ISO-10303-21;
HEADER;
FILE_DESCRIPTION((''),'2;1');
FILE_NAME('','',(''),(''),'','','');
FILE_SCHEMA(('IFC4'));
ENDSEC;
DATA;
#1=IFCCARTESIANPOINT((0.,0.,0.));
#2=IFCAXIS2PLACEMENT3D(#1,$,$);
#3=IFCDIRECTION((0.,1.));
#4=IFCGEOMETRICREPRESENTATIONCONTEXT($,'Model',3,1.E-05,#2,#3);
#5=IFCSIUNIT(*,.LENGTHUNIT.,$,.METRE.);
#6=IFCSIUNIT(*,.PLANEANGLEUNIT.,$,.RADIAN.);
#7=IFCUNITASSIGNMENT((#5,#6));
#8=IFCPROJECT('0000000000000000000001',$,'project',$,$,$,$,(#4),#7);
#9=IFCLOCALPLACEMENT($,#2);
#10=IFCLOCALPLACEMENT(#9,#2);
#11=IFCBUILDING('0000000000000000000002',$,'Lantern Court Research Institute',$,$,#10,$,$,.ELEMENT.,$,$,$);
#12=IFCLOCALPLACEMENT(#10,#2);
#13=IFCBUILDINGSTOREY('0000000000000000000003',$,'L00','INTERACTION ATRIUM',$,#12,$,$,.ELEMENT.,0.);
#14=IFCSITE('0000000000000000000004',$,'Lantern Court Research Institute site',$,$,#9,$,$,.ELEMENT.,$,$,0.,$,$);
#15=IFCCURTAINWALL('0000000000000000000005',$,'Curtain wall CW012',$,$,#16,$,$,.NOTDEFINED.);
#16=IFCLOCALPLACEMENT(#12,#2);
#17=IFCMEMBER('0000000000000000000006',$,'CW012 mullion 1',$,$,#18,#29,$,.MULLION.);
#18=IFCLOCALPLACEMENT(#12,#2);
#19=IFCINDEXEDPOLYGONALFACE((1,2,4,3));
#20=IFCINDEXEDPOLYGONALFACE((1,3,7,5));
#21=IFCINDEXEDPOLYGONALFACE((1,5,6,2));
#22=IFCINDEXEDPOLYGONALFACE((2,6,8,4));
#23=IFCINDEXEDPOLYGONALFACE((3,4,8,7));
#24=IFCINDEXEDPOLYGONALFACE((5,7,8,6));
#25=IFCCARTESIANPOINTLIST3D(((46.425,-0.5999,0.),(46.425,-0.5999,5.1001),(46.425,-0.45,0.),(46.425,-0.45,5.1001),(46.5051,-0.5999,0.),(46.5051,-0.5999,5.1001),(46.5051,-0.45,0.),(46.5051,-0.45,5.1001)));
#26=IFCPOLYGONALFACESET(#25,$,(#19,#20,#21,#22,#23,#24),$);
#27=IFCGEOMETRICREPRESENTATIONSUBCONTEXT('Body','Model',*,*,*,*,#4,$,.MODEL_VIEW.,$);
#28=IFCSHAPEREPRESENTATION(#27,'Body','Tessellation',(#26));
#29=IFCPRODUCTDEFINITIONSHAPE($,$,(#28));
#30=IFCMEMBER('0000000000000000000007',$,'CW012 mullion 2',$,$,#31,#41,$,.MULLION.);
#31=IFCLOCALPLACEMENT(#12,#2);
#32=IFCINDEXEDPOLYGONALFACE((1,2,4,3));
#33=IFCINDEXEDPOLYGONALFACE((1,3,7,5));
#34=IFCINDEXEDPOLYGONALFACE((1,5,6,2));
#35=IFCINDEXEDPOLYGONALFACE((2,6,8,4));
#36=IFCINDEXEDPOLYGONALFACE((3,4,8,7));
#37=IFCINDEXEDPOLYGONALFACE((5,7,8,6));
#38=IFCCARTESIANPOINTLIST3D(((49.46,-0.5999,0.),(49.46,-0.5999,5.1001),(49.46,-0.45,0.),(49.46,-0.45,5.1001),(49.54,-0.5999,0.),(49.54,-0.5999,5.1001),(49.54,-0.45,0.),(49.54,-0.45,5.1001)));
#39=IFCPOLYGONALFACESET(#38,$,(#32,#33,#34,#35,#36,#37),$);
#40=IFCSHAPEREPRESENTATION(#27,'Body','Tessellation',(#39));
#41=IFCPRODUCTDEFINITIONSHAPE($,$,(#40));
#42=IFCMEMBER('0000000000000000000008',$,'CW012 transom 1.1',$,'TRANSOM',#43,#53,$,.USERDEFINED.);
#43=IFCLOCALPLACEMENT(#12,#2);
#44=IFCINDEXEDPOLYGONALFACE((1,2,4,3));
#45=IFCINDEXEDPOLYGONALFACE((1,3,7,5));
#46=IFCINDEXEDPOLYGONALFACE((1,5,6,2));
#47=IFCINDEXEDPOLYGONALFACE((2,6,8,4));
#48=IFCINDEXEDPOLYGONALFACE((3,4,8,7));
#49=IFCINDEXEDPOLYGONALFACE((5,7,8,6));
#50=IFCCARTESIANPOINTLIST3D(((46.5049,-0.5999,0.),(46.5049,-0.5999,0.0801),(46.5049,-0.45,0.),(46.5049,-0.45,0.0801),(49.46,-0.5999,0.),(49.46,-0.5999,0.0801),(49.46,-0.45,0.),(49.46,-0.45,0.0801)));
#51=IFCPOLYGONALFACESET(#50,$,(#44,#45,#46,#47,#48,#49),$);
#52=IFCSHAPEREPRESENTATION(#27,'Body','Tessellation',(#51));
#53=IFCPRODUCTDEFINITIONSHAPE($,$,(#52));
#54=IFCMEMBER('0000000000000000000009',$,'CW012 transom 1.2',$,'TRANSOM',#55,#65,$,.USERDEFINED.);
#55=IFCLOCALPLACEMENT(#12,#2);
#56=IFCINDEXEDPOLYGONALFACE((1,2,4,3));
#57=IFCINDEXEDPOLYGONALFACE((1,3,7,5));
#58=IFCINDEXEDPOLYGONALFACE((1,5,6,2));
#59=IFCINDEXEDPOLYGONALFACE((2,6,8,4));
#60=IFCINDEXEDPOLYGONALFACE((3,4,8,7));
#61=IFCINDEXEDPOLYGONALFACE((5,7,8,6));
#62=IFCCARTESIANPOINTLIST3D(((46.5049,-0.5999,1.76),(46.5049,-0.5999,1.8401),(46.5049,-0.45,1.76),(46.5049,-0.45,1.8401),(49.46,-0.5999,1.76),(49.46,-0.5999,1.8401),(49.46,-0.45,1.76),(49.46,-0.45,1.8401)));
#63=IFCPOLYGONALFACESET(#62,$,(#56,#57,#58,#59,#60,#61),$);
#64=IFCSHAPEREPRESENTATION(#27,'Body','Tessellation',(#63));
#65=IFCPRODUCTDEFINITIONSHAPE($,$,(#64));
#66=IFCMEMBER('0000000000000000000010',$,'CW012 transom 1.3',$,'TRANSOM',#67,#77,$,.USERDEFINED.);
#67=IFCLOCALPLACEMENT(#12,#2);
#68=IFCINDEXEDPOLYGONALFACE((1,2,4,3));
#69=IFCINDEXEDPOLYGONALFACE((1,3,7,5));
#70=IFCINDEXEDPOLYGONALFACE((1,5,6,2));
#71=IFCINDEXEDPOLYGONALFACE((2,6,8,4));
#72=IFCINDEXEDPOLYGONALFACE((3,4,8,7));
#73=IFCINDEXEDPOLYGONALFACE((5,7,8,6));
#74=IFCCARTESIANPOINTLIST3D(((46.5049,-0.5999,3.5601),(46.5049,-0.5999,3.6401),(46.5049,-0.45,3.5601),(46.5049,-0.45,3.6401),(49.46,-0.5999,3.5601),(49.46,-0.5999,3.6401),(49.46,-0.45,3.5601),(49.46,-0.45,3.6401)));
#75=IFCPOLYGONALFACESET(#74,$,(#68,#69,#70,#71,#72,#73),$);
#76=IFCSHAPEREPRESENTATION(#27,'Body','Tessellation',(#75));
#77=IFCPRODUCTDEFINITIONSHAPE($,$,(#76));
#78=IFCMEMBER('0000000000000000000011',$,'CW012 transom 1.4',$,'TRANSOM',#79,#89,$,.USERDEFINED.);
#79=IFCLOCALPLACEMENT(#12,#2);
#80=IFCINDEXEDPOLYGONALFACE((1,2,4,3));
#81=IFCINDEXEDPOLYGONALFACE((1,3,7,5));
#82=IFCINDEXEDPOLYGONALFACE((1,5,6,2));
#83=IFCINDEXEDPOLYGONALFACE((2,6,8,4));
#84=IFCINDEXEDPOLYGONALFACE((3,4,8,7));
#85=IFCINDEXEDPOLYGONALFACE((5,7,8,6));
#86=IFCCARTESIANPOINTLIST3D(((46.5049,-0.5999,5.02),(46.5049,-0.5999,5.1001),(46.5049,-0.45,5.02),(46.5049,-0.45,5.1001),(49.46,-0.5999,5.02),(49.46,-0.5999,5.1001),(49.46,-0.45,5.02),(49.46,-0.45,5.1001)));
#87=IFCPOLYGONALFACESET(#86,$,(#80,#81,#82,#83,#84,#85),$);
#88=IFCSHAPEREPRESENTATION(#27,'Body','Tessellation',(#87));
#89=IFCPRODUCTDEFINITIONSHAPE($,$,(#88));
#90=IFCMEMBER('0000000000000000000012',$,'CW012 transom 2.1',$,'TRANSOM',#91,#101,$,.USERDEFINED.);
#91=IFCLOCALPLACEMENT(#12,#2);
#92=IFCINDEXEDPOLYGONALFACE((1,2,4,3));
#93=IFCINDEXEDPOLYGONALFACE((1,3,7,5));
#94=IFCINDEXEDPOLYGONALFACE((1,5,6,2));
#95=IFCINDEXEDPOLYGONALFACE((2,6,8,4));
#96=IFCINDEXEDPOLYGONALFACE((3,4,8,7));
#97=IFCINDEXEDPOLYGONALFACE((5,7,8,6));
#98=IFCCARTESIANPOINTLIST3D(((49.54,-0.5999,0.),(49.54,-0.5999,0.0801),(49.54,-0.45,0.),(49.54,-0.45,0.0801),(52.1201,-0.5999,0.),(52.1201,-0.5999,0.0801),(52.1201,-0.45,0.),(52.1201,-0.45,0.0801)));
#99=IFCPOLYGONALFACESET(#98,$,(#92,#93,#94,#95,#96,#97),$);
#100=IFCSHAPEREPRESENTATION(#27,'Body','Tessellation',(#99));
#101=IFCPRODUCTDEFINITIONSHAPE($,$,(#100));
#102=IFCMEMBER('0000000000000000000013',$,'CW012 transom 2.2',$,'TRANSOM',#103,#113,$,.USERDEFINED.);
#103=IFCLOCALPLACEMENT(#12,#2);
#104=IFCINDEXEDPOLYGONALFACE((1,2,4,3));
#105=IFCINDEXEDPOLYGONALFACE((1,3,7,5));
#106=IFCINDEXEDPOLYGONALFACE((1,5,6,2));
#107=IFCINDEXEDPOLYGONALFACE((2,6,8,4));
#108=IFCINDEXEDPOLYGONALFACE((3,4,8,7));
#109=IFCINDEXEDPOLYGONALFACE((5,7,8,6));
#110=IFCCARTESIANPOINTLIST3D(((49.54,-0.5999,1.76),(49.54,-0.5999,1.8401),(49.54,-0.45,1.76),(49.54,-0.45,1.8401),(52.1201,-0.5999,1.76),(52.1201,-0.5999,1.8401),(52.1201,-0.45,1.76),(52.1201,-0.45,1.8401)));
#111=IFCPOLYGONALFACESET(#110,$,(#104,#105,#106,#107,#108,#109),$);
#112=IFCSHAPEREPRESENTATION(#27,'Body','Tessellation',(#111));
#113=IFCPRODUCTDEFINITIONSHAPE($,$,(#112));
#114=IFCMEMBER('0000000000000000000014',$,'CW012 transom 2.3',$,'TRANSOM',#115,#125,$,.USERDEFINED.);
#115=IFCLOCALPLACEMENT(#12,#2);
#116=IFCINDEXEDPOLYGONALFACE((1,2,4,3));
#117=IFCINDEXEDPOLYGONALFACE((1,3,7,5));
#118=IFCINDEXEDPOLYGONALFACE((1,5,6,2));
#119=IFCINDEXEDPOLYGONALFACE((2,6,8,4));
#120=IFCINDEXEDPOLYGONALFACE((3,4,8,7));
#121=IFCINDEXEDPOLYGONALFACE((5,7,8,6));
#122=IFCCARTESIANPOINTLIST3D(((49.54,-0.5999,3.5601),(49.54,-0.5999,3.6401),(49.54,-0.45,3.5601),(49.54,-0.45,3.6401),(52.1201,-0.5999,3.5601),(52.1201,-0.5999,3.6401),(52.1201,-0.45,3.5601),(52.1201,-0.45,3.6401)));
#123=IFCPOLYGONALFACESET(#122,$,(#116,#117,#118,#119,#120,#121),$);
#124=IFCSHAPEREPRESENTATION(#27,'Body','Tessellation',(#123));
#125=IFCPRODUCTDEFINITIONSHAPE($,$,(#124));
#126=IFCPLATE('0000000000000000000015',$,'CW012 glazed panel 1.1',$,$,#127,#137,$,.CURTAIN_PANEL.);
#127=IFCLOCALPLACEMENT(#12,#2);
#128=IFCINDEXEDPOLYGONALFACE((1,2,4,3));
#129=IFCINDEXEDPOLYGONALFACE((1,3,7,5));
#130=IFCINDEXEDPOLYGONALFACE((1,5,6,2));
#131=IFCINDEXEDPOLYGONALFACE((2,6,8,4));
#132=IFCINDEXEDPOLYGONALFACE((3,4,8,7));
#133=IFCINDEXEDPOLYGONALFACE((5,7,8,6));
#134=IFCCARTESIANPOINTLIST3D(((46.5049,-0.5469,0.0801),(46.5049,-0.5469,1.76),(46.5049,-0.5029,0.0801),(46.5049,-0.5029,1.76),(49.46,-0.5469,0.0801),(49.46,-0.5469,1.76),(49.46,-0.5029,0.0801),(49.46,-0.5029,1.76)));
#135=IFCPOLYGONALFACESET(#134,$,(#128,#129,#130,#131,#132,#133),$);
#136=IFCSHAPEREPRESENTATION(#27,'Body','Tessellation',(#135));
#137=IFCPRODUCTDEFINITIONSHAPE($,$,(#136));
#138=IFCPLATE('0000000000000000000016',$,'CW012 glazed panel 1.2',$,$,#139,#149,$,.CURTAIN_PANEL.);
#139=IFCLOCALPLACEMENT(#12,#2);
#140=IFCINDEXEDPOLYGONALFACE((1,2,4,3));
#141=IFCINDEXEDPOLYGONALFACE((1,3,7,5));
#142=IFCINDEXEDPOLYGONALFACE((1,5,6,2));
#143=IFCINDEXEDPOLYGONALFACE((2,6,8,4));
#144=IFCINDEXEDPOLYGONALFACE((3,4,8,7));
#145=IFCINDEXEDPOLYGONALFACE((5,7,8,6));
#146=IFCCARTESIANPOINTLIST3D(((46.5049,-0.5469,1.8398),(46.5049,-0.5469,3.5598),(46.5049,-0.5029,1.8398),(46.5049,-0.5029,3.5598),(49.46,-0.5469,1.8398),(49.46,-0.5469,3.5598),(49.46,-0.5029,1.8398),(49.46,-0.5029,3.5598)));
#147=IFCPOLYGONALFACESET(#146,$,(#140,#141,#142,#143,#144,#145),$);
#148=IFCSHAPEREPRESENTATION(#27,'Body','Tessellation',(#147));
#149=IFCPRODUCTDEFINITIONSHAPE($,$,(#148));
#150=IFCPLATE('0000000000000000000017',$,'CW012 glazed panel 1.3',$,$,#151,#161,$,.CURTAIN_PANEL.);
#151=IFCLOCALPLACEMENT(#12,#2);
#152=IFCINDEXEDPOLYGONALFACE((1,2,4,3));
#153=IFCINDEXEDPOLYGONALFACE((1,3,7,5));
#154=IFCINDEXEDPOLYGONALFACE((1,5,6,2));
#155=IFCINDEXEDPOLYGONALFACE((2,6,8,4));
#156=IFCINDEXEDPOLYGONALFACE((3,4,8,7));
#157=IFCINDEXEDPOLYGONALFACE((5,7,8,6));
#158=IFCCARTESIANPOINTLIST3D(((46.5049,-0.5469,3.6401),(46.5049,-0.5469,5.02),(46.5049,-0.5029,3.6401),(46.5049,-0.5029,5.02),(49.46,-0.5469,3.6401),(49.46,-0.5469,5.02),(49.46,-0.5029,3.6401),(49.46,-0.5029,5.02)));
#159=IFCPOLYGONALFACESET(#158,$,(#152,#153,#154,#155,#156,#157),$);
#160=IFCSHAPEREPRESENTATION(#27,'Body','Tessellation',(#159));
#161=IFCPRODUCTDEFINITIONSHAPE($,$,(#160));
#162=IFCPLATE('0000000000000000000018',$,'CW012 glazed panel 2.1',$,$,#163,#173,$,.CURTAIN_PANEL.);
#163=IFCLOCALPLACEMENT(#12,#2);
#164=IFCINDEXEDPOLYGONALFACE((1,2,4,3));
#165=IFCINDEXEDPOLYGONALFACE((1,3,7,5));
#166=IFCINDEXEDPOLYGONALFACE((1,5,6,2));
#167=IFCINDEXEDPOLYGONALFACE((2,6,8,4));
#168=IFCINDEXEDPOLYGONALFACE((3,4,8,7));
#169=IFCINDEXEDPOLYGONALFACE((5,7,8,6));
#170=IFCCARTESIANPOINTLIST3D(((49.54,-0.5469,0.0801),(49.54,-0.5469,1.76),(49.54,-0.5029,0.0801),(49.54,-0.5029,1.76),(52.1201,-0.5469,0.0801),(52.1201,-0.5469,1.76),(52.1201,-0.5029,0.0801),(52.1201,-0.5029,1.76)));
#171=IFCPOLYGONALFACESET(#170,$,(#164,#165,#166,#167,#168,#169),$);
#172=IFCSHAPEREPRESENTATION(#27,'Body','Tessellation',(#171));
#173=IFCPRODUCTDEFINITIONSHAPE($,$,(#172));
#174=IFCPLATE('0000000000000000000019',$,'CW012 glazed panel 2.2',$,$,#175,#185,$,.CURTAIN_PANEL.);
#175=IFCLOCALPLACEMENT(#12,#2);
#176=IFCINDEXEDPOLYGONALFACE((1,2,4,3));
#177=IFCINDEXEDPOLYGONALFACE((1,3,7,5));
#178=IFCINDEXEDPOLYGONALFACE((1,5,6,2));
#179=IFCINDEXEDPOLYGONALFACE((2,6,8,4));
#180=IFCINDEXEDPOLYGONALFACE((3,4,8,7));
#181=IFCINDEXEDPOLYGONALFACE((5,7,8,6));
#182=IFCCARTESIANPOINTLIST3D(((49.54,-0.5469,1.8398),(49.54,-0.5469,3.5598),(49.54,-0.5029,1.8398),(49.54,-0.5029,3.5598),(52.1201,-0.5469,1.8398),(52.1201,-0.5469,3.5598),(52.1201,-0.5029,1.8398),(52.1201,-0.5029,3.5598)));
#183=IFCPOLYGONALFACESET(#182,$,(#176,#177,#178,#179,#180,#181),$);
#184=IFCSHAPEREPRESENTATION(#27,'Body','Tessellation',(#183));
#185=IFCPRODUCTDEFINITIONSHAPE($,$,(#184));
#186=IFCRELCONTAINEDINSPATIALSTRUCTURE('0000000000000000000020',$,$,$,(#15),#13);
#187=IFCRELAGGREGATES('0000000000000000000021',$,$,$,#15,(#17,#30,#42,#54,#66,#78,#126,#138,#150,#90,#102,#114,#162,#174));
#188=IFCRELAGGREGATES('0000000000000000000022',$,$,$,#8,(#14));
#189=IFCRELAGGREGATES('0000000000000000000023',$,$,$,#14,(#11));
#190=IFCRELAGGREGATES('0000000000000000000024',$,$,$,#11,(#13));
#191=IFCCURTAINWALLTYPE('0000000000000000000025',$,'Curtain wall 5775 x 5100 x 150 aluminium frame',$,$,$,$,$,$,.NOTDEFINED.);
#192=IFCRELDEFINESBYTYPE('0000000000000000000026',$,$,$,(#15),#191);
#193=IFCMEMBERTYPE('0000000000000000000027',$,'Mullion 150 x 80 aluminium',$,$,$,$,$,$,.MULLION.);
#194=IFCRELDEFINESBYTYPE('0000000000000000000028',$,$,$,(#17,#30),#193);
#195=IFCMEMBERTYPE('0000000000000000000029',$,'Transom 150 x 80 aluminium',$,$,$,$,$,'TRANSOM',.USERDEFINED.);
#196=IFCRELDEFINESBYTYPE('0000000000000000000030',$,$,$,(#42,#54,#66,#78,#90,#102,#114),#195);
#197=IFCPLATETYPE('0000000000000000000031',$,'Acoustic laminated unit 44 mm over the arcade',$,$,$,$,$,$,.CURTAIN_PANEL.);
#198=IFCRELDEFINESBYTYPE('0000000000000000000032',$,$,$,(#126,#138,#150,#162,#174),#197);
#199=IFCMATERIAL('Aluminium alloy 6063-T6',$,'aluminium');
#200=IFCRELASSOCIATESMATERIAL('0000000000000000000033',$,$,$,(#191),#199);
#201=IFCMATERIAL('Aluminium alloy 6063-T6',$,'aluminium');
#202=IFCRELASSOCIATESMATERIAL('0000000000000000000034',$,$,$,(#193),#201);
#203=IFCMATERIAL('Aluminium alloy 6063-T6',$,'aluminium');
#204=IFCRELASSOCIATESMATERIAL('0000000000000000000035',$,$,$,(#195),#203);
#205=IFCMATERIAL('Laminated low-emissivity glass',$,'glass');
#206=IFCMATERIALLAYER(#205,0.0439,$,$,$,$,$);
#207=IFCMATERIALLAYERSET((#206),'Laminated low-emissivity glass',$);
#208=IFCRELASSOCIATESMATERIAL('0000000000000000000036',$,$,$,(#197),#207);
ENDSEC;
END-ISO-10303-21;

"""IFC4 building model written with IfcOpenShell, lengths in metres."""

from ifc_helpers import new_model, si_unit, direction, frame, origin, origin_2d, place, context, subcontext, project, spatial, rectangle, extrude, material, layer, layer_set, material_profile, profile_set, type_object, element, aggregate, save


model = new_model("IFC4")

# Units and contexts
model_context = context("Model", 3, precision=1e-05, world=origin(), true_north=direction((0.0, 1.0)))
body_context = subcontext(model_context, "Body", "Model", "MODEL_VIEW")
ifc_project = project(units=[si_unit("LENGTHUNIT", "METRE"), si_unit("PLANEANGLEUNIT", "RADIAN")], contexts=[model_context])

# Site, building, storey
site_placement = place(None, origin())
site = spatial("IfcSite", under=ifc_project, at=site_placement, Name="Lantern Court Research Institute site", CompositionType="ELEMENT", RefElevation=0.0)
building_placement = place(site_placement, origin())
building = spatial("IfcBuilding", under=site, at=building_placement, Name="Lantern Court Research Institute", CompositionType="ELEMENT")
storey_placement = place(building_placement, origin())
storey = spatial("IfcBuildingStorey", under=building, at=storey_placement, Name="L00", Description="INTERACTION ATRIUM", CompositionType="ELEMENT", Elevation=0.0)

# Curtain wall, members, plates
ifc_material_1 = material(Name="Aluminium alloy 6063-T6", Category="aluminium")
curtain_wall_type = type_object("IfcCurtainWallType", Name="Curtain wall 5775 x 5100 x 150 aluminium frame", PredefinedType="NOTDEFINED", material=ifc_material_1)
curtain_wall_placement = place(storey_placement, origin())
curtain_wall = element("IfcCurtainWall", 1, at=curtain_wall_placement, inside=storey, type_object=curtain_wall_type, Name="Curtain wall CW012", PredefinedType="NOTDEFINED")
ifc_material_2 = material(Name="Aluminium alloy 6063-T6", Category="aluminium")
ifc_material_profile_1 = material_profile(ifc_material_2, rectangle(XDim=0.1499, YDim=0.0801, at=origin_2d()), Name="Mullion 150 x 80")
ifc_profile_set_1 = profile_set([ifc_material_profile_1], Name="Aluminium alloy 6063-T6")
member_type_1 = type_object("IfcMemberType", Name="Mullion 150 x 80 aluminium", PredefinedType="MULLION", material=ifc_profile_set_1)
member_1_placement = place(storey_placement, frame((46.4651, -0.5249, 0.0), z_axis=(0.0, 0.0, 1.0), x_axis=(0.0, -1.0, 0.0)))
member_1 = element("IfcMember", 2, at=member_1_placement, type_object=member_type_1, Name="CW012 mullion 1", PredefinedType="MULLION", context=body_context, shape_type="SweptSolid", body=[
    extrude(rectangle(XDim=0.1499, YDim=0.0801, at=origin_2d()), origin(), (0.0, 0.0, 1.0), 5.1001),
])
member_2_placement = place(storey_placement, frame((49.5, -0.5249, 0.0), z_axis=(0.0, 0.0, 1.0), x_axis=(0.0, -1.0, 0.0)))
member_2 = element("IfcMember", 3, at=member_2_placement, type_object=member_type_1, Name="CW012 mullion 2", PredefinedType="MULLION", context=body_context, shape_type="SweptSolid", body=[
    extrude(rectangle(XDim=0.1499, YDim=0.0801, at=origin_2d()), origin(), (0.0, 0.0, 1.0), 5.1001),
])
ifc_material_3 = material(Name="Aluminium alloy 6063-T6", Category="aluminium")
ifc_material_profile_2 = material_profile(ifc_material_3, rectangle(XDim=0.1499, YDim=0.0801, at=origin_2d()), Name="Transom 150 x 80")
ifc_profile_set_2 = profile_set([ifc_material_profile_2], Name="Aluminium alloy 6063-T6")
member_type_2 = type_object("IfcMemberType", Name="Transom 150 x 80 aluminium", ElementType="TRANSOM", PredefinedType="USERDEFINED", material=ifc_profile_set_2)
member_3_placement = place(storey_placement, frame((49.46, -0.5249, 0.04), z_axis=(-1.0, 0.0, 0.0), x_axis=(0.0, -1.0, 0.0)))
member_3 = element("IfcMember", 4, at=member_3_placement, type_object=member_type_2, Name="CW012 transom 1.1", ObjectType="TRANSOM", PredefinedType="USERDEFINED", context=body_context, shape_type="SweptSolid", body=[
    extrude(rectangle(XDim=0.1499, YDim=0.0801, at=origin_2d()), origin(), (0.0, 0.0, 1.0), 2.9551),
])
member_4_placement = place(storey_placement, frame((49.46, -0.5249, 1.8), z_axis=(-1.0, 0.0, 0.0), x_axis=(0.0, -1.0, 0.0)))
member_4 = element("IfcMember", 5, at=member_4_placement, type_object=member_type_2, Name="CW012 transom 1.2", ObjectType="TRANSOM", PredefinedType="USERDEFINED", context=body_context, shape_type="SweptSolid", body=[
    extrude(rectangle(XDim=0.1499, YDim=0.0801, at=origin_2d()), origin(), (0.0, 0.0, 1.0), 2.9551),
])
member_5_placement = place(storey_placement, frame((49.46, -0.5249, 3.6001), z_axis=(-1.0, 0.0, 0.0), x_axis=(0.0, -1.0, 0.0)))
member_5 = element("IfcMember", 6, at=member_5_placement, type_object=member_type_2, Name="CW012 transom 1.3", ObjectType="TRANSOM", PredefinedType="USERDEFINED", context=body_context, shape_type="SweptSolid", body=[
    extrude(rectangle(XDim=0.1499, YDim=0.0801, at=origin_2d()), origin(), (0.0, 0.0, 1.0), 2.9551),
])
member_6_placement = place(storey_placement, frame((49.46, -0.5249, 5.0601), z_axis=(-1.0, 0.0, 0.0), x_axis=(0.0, -1.0, 0.0)))
member_6 = element("IfcMember", 7, at=member_6_placement, type_object=member_type_2, Name="CW012 transom 1.4", ObjectType="TRANSOM", PredefinedType="USERDEFINED", context=body_context, shape_type="SweptSolid", body=[
    extrude(rectangle(XDim=0.1499, YDim=0.0801, at=origin_2d()), origin(), (0.0, 0.0, 1.0), 2.9551),
])
member_7_placement = place(storey_placement, frame((52.1201, -0.5249, 0.04), z_axis=(-1.0, 0.0, 0.0), x_axis=(0.0, -1.0, 0.0)))
member_7 = element("IfcMember", 8, at=member_7_placement, type_object=member_type_2, Name="CW012 transom 2.1", ObjectType="TRANSOM", PredefinedType="USERDEFINED", context=body_context, shape_type="SweptSolid", body=[
    extrude(rectangle(XDim=0.1499, YDim=0.0801, at=origin_2d()), origin(), (0.0, 0.0, 1.0), 2.5801),
])
member_8_placement = place(storey_placement, frame((52.1201, -0.5249, 1.8), z_axis=(-1.0, 0.0, 0.0), x_axis=(0.0, -1.0, 0.0)))
member_8 = element("IfcMember", 9, at=member_8_placement, type_object=member_type_2, Name="CW012 transom 2.2", ObjectType="TRANSOM", PredefinedType="USERDEFINED", context=body_context, shape_type="SweptSolid", body=[
    extrude(rectangle(XDim=0.1499, YDim=0.0801, at=origin_2d()), origin(), (0.0, 0.0, 1.0), 2.5801),
])
member_9_placement = place(storey_placement, frame((52.1201, -0.5249, 3.6001), z_axis=(-1.0, 0.0, 0.0), x_axis=(0.0, -1.0, 0.0)))
member_9 = element("IfcMember", 10, at=member_9_placement, type_object=member_type_2, Name="CW012 transom 2.3", ObjectType="TRANSOM", PredefinedType="USERDEFINED", context=body_context, shape_type="SweptSolid", body=[
    extrude(rectangle(XDim=0.1499, YDim=0.0801, at=origin_2d()), origin(), (0.0, 0.0, 1.0), 2.5801),
])
ifc_material_4 = material(Name="Laminated low-emissivity glass", Category="glass")
ifc_layer_1 = layer(ifc_material_4, 0.0439)
ifc_layer_set_1 = layer_set([ifc_layer_1], Name="Laminated low-emissivity glass")
plate_type = type_object("IfcPlateType", Name="Acoustic laminated unit 44 mm over the arcade", PredefinedType="CURTAIN_PANEL", material=ifc_layer_set_1)
plate_1_placement = place(storey_placement, frame((47.9824, -0.5249, 0.0801), z_axis=(0.0, 0.0, 1.0), x_axis=(-1.0, 0.0, 0.0)))
plate_1 = element("IfcPlate", 11, at=plate_1_placement, type_object=plate_type, Name="CW012 glazed panel 1.1", PredefinedType="CURTAIN_PANEL", context=body_context, shape_type="SweptSolid", body=[
    extrude(rectangle(XDim=2.9551, YDim=0.0439, at=origin_2d()), origin(), (0.0, 0.0, 1.0), 1.6799),
])
plate_2_placement = place(storey_placement, frame((47.9824, -0.5249, 1.8398), z_axis=(0.0, 0.0, 1.0), x_axis=(-1.0, 0.0, 0.0)))
plate_2 = element("IfcPlate", 12, at=plate_2_placement, type_object=plate_type, Name="CW012 glazed panel 1.2", PredefinedType="CURTAIN_PANEL", context=body_context, shape_type="SweptSolid", body=[
    extrude(rectangle(XDim=2.9551, YDim=0.0439, at=origin_2d()), origin(), (0.0, 0.0, 1.0), 1.72),
])
plate_3_placement = place(storey_placement, frame((47.9824, -0.5249, 3.6401), z_axis=(0.0, 0.0, 1.0), x_axis=(-1.0, 0.0, 0.0)))
plate_3 = element("IfcPlate", 13, at=plate_3_placement, type_object=plate_type, Name="CW012 glazed panel 1.3", PredefinedType="CURTAIN_PANEL", context=body_context, shape_type="SweptSolid", body=[
    extrude(rectangle(XDim=2.9551, YDim=0.0439, at=origin_2d()), origin(), (0.0, 0.0, 1.0), 1.3799),
])
plate_4_placement = place(storey_placement, frame((50.8301, -0.5249, 0.0801), z_axis=(0.0, 0.0, 1.0), x_axis=(-1.0, 0.0, 0.0)))
plate_4 = element("IfcPlate", 14, at=plate_4_placement, type_object=plate_type, Name="CW012 glazed panel 2.1", PredefinedType="CURTAIN_PANEL", context=body_context, shape_type="SweptSolid", body=[
    extrude(rectangle(XDim=2.5801, YDim=0.0439, at=origin_2d()), origin(), (0.0, 0.0, 1.0), 1.6799),
])
plate_5_placement = place(storey_placement, frame((50.8301, -0.5249, 1.8398), z_axis=(0.0, 0.0, 1.0), x_axis=(-1.0, 0.0, 0.0)))
plate_5 = element("IfcPlate", 15, at=plate_5_placement, type_object=plate_type, Name="CW012 glazed panel 2.2", PredefinedType="CURTAIN_PANEL", context=body_context, shape_type="SweptSolid", body=[
    extrude(rectangle(XDim=2.5801, YDim=0.0439, at=origin_2d()), origin(), (0.0, 0.0, 1.0), 1.72),
])
aggregate(curtain_wall, [member_1, member_2, member_3, member_4, member_5, member_6, plate_1, plate_2, plate_3, member_7, member_8, member_9, plate_4, plate_5])

save(model, "model.ifc")
